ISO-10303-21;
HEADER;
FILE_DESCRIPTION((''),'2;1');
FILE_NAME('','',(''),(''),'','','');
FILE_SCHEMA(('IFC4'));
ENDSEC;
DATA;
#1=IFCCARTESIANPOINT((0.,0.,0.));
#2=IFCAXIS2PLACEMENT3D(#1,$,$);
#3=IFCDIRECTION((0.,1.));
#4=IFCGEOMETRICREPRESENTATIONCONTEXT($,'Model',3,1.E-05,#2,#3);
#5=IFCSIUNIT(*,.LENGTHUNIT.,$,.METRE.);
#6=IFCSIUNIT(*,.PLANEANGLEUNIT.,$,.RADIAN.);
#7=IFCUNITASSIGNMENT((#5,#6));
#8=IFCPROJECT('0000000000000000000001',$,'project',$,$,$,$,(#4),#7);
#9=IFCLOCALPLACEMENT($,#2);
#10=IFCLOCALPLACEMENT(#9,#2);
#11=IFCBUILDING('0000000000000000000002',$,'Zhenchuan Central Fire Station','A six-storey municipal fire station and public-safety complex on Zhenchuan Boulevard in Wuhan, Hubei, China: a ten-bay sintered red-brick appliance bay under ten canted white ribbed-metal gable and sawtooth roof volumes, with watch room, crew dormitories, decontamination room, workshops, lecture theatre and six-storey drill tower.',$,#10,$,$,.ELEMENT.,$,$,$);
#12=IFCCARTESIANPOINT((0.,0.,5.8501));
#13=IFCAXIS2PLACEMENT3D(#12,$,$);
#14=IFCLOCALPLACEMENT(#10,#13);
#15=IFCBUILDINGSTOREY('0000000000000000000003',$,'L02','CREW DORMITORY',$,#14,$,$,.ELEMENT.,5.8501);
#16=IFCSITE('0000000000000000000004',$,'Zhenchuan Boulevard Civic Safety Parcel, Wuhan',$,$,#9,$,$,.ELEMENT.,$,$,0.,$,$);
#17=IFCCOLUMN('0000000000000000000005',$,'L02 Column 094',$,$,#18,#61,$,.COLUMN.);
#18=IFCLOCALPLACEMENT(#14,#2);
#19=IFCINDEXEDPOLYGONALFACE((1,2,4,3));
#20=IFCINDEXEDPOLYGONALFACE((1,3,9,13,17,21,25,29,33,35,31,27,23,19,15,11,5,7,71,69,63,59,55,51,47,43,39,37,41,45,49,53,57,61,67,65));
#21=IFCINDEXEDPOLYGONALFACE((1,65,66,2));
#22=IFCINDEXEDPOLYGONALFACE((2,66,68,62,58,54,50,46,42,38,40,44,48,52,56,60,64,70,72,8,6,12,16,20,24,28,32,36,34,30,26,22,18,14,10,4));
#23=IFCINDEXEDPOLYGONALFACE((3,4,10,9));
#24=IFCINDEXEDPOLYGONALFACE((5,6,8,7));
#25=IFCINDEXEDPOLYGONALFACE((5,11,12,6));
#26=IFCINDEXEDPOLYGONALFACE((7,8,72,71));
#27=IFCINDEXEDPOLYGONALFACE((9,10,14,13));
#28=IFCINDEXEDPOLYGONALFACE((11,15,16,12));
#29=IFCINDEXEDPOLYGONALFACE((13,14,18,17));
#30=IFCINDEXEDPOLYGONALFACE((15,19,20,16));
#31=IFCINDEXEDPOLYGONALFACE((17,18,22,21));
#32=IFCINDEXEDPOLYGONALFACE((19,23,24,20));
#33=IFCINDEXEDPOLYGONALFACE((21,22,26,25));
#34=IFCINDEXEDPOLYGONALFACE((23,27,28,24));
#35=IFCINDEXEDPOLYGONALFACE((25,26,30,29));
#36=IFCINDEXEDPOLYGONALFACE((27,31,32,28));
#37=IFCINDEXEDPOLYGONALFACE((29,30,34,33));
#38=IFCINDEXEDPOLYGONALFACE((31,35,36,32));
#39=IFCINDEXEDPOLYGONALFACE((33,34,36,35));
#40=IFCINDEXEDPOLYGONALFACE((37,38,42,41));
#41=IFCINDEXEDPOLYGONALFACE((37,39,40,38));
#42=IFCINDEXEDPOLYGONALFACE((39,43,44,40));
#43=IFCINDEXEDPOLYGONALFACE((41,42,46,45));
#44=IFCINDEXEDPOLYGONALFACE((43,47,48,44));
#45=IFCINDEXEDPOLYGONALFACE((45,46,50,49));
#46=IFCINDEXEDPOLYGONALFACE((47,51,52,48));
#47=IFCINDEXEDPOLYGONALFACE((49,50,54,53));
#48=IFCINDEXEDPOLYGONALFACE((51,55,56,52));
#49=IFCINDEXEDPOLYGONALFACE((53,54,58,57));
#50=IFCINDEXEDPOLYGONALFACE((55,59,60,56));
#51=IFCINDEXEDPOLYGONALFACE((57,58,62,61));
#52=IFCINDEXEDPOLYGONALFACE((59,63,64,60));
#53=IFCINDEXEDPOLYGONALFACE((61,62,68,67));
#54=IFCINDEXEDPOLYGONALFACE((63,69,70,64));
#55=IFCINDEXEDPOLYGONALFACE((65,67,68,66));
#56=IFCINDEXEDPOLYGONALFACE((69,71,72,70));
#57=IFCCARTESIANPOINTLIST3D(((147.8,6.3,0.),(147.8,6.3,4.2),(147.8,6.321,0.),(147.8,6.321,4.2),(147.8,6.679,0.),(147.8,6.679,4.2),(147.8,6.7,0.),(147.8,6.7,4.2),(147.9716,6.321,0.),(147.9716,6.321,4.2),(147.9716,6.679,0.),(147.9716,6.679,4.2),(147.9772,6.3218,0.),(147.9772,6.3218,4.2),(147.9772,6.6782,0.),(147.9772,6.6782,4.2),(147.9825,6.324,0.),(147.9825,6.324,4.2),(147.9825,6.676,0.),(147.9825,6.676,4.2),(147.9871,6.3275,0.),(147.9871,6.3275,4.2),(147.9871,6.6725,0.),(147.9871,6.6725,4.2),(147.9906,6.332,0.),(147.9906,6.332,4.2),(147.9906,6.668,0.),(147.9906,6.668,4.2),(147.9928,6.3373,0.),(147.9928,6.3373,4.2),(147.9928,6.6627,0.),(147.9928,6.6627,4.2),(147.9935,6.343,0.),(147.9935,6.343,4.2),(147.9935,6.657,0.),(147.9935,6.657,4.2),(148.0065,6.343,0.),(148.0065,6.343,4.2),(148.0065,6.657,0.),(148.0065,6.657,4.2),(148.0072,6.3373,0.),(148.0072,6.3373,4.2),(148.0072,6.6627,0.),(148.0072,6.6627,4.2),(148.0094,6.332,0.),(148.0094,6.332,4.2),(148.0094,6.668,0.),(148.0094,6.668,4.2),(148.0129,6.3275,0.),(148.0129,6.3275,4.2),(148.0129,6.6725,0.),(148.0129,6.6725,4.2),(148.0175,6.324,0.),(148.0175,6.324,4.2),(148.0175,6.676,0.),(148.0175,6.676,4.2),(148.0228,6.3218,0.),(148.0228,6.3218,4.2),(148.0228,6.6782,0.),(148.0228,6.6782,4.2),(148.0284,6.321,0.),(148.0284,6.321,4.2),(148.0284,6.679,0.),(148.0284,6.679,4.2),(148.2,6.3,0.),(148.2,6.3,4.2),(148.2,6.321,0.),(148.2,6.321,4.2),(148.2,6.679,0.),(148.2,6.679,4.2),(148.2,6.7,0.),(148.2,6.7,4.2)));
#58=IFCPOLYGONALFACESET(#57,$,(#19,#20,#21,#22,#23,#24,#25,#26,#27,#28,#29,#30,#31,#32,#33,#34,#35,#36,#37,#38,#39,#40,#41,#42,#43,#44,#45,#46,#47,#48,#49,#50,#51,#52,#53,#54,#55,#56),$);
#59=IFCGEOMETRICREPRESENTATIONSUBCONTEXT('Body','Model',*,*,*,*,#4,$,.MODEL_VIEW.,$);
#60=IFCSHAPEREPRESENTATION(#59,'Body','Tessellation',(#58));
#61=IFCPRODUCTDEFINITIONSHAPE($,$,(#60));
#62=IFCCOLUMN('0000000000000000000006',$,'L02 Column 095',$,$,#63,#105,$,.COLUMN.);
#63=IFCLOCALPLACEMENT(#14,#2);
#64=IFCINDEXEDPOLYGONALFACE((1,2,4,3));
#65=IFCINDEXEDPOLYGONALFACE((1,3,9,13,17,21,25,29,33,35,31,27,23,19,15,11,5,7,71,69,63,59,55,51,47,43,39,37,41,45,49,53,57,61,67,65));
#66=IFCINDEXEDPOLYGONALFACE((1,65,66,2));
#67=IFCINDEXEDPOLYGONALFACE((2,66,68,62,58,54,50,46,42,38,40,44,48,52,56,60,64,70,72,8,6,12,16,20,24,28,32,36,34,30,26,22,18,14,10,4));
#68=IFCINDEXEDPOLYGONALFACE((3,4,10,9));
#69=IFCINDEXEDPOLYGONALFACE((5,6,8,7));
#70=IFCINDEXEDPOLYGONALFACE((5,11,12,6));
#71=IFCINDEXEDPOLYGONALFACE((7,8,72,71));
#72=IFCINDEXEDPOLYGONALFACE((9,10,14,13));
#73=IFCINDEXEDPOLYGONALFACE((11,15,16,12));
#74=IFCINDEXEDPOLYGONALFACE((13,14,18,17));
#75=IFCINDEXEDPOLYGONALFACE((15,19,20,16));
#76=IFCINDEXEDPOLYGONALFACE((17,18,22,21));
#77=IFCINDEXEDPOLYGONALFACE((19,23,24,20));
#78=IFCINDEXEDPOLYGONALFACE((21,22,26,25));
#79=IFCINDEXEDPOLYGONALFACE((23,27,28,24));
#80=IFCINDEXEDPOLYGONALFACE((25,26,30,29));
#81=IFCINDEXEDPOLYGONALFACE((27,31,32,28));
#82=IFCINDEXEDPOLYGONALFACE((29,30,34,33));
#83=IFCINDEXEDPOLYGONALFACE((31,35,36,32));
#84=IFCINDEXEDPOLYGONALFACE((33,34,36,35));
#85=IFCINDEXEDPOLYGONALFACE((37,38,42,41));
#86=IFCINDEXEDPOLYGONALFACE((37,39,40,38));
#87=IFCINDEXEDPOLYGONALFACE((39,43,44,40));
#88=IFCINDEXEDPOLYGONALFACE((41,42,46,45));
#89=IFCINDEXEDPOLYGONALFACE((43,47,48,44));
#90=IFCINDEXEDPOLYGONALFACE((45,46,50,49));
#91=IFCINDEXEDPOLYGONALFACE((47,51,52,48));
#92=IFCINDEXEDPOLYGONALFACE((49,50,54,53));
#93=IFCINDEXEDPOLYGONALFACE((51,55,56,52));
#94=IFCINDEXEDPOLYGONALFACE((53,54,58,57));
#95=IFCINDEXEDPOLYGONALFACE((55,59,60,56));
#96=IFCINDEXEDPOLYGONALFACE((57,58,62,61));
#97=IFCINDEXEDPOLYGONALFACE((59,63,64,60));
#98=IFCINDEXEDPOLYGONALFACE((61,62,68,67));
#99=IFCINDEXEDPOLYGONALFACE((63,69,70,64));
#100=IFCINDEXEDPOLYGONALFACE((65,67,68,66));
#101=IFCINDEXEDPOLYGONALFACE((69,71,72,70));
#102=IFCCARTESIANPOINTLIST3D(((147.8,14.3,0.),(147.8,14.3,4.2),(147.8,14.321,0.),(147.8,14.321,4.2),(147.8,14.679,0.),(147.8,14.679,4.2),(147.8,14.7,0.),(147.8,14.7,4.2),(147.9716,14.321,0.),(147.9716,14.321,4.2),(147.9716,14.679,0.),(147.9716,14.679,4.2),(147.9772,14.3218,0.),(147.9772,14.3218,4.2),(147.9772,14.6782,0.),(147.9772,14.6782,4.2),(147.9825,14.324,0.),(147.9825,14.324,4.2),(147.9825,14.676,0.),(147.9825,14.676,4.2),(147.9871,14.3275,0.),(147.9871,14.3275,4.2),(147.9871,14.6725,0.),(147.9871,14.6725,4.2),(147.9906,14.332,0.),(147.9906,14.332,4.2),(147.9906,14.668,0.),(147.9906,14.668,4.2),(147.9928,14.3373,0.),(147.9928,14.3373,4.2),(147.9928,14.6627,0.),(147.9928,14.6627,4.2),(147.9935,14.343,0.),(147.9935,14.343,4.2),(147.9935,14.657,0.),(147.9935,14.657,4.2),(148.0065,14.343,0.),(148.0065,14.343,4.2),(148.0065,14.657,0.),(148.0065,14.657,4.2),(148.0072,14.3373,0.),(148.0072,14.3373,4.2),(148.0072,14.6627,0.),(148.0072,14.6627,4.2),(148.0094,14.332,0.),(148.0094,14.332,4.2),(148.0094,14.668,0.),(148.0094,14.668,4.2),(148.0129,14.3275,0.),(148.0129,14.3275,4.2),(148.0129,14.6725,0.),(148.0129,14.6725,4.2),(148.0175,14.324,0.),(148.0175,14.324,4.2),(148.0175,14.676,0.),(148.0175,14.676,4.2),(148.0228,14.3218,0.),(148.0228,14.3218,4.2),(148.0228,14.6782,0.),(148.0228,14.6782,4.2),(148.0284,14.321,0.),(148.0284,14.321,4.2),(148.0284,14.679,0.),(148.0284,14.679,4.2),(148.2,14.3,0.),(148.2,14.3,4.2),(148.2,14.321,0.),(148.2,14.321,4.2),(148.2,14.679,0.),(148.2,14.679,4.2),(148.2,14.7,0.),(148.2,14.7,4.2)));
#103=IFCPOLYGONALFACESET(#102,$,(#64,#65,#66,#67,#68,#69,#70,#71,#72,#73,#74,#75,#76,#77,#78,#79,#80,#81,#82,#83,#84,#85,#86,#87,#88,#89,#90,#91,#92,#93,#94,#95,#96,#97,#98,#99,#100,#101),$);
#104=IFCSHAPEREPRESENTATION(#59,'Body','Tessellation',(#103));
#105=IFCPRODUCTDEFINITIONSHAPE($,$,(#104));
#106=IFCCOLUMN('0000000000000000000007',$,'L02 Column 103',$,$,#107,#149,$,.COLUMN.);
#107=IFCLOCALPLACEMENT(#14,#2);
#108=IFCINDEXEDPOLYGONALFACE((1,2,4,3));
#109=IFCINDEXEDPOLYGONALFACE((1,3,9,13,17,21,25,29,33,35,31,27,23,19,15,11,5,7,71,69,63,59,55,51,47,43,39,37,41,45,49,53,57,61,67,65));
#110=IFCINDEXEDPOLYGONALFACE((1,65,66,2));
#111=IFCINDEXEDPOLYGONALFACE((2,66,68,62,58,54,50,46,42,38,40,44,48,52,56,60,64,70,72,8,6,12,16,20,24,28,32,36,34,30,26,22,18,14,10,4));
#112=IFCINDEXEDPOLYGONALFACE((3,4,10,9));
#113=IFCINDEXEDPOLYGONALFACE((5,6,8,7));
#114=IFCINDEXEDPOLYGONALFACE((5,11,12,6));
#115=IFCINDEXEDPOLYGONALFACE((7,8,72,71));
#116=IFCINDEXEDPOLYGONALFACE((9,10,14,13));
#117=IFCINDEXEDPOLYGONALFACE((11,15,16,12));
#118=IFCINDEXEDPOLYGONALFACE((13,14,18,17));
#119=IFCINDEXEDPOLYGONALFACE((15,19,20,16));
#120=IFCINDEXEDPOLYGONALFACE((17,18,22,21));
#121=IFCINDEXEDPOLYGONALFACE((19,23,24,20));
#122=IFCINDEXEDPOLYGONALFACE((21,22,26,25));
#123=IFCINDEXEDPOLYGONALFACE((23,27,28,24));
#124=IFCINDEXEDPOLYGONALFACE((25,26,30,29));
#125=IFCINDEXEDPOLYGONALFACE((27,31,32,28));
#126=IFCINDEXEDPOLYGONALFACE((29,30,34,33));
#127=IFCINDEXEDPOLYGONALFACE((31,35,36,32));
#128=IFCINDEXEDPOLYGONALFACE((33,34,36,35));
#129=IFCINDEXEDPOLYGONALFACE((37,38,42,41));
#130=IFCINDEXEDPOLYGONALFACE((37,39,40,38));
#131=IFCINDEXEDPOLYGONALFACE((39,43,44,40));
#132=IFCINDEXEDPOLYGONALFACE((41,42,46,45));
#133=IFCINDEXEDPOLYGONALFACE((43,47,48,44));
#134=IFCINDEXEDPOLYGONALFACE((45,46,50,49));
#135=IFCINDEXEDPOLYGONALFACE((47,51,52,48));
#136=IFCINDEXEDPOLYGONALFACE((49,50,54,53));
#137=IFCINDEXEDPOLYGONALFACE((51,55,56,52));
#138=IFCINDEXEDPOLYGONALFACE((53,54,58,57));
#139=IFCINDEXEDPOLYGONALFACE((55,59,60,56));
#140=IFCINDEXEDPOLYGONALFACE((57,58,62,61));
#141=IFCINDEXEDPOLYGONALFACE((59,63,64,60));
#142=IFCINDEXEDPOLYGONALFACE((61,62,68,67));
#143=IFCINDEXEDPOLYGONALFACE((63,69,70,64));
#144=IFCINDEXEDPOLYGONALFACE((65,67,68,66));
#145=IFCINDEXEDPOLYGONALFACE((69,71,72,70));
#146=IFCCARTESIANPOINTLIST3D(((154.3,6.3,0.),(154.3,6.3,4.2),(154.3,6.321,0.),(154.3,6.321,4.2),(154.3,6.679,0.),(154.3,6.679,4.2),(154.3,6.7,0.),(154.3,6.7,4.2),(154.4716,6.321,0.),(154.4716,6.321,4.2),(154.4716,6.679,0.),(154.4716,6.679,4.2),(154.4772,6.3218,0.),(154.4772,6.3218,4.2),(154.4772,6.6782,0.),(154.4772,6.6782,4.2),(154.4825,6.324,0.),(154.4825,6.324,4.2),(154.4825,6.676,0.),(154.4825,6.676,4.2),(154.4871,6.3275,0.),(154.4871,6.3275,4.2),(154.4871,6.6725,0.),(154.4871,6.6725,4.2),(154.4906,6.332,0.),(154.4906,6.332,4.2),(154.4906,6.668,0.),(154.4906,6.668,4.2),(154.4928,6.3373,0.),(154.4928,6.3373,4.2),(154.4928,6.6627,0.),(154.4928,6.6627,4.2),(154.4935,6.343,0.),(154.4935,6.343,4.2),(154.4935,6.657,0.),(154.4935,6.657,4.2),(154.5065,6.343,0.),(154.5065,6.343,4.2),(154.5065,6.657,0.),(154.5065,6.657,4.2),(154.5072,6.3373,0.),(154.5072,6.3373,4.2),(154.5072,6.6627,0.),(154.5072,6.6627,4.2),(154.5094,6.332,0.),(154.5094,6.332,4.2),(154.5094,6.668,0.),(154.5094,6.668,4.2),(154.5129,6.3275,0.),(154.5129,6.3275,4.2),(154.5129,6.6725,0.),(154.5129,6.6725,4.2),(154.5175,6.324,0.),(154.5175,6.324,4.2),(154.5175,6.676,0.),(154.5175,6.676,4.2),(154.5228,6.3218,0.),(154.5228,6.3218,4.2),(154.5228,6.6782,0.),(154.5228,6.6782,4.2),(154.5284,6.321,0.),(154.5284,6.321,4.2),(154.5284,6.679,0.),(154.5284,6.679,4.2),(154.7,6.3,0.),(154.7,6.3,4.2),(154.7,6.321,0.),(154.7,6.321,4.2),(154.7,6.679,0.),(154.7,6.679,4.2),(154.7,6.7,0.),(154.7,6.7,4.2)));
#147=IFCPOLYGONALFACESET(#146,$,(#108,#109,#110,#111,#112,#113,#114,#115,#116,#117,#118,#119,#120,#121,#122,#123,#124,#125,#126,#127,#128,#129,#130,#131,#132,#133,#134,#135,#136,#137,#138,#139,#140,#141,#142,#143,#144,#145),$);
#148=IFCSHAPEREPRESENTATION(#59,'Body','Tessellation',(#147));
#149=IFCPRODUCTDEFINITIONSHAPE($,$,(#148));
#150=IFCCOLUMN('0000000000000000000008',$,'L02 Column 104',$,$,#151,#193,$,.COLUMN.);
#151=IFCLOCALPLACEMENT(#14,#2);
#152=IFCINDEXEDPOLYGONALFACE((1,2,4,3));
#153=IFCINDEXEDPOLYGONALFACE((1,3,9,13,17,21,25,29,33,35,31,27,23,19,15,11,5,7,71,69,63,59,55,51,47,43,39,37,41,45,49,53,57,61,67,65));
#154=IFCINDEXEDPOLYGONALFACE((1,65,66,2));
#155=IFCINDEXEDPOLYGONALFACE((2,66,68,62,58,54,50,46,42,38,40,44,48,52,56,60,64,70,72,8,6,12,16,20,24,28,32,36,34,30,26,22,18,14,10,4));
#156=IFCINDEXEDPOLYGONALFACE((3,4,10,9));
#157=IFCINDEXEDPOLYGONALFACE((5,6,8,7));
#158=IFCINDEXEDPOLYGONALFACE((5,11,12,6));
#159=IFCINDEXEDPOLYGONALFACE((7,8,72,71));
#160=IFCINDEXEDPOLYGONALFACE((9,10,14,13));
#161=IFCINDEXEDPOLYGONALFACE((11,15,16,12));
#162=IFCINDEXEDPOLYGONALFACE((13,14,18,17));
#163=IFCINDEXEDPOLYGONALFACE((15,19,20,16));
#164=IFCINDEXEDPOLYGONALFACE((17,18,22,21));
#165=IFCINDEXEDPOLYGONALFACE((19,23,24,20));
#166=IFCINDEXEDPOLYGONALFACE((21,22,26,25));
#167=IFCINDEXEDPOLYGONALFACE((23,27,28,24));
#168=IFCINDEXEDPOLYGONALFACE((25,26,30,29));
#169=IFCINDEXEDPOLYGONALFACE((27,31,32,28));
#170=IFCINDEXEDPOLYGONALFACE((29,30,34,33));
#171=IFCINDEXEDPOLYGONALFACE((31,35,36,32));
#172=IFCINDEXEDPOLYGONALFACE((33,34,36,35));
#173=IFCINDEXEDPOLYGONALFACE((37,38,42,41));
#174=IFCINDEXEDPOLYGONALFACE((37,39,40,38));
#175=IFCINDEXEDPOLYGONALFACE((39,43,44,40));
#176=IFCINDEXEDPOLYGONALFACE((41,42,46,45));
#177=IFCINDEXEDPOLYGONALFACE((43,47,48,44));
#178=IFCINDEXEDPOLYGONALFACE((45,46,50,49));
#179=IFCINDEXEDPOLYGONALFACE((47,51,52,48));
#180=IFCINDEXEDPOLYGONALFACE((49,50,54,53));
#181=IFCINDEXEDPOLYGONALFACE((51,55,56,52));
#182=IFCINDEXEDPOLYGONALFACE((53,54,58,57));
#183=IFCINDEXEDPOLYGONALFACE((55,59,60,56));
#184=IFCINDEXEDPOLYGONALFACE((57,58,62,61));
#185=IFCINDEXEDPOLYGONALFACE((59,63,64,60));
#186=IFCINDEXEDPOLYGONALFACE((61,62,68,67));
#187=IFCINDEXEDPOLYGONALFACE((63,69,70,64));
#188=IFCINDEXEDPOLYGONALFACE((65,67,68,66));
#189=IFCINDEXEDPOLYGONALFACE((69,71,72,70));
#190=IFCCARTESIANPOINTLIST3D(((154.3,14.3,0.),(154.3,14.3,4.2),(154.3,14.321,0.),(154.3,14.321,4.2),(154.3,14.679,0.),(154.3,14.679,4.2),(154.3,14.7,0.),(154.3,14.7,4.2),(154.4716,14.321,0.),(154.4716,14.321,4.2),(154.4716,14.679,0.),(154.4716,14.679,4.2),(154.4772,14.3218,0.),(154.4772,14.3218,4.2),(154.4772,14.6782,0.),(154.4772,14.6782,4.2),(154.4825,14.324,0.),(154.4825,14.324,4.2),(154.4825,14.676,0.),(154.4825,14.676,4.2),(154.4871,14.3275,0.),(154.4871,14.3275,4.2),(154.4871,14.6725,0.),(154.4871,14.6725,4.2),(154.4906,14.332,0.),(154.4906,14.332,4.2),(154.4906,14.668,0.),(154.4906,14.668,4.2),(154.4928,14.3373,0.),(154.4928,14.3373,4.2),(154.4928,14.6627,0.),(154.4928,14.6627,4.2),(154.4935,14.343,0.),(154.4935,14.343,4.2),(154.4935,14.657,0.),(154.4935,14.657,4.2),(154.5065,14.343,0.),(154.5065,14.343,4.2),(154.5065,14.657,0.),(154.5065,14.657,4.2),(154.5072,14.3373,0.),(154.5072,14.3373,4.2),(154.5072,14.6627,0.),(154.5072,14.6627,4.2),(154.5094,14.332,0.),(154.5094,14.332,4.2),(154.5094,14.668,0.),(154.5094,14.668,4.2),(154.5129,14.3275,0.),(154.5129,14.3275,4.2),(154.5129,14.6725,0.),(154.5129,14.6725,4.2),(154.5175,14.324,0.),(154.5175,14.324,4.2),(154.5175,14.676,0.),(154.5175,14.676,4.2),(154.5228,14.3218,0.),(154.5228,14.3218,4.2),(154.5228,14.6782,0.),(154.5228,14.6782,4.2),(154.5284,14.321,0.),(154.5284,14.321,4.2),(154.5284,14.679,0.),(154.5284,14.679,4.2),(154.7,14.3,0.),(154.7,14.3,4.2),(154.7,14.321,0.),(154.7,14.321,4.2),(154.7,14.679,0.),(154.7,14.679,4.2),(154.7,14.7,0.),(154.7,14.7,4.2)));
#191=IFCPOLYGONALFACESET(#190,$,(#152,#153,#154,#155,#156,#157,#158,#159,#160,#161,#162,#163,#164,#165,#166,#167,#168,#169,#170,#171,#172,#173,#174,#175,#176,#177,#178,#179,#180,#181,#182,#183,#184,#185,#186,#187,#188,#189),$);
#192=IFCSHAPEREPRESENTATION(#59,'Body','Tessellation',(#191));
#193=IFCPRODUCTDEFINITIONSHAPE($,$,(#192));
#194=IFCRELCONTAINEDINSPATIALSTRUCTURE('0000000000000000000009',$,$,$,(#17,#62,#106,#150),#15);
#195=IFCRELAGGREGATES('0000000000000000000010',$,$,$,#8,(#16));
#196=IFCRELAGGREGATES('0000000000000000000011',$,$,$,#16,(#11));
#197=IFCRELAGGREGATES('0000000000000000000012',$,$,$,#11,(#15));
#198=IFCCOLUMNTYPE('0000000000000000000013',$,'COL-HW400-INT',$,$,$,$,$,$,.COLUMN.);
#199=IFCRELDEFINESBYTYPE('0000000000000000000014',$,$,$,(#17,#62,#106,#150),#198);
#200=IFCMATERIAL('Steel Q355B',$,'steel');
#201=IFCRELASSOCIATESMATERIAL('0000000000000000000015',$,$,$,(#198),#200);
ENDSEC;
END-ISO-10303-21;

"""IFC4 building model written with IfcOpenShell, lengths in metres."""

from ifc_helpers import new_model, si_unit, direction, frame, origin, origin_2d, place, context, subcontext, project, spatial, i_section, extrude, material, material_profile, profile_set, type_object, element, save


model = new_model("IFC4")

# Units and contexts
model_context = context("Model", 3, precision=1e-05, world=origin(), true_north=direction((0.0, 1.0)))
body_context = subcontext(model_context, "Body", "Model", "MODEL_VIEW")
ifc_project = project(units=[si_unit("LENGTHUNIT", "METRE"), si_unit("PLANEANGLEUNIT", "RADIAN")], contexts=[model_context])

# Site, building, storey
site_placement = place(None, origin())
site = spatial("IfcSite", under=ifc_project, at=site_placement, Name="Zhenchuan Boulevard Civic Safety Parcel, Wuhan", CompositionType="ELEMENT", RefElevation=0.0)
building_placement = place(site_placement, origin())
building = spatial("IfcBuilding", under=site, at=building_placement, Name="Zhenchuan Central Fire Station", Description="A six-storey municipal fire station and public-safety complex on Zhenchuan Boulevard in Wuhan, Hubei, China: a ten-bay sintered red-brick appliance bay under ten canted white ribbed-metal gable and sawtooth roof volumes, with watch room, crew dormitories, decontamination room, workshops, lecture theatre and six-storey drill tower.", CompositionType="ELEMENT")
storey_placement = place(building_placement, frame((0.0, 0.0, 5.8501)))
storey = spatial("IfcBuildingStorey", under=building, at=storey_placement, Name="L02", Description="CREW DORMITORY", CompositionType="ELEMENT", Elevation=5.8501)

# Columns
ifc_material_1 = material(Name="Steel Q355B", Category="steel")
ifc_material_profile_1 = material_profile(ifc_material_1, i_section(OverallWidth=0.3999, OverallDepth=0.3999, WebThickness=0.0129, FlangeThickness=0.021, FilletRadius=0.022, at=origin_2d()), Name="HW 400x400")
ifc_profile_set_1 = profile_set([ifc_material_profile_1], Name="Steel Q355B")
column_type = type_object("IfcColumnType", Name="COL-HW400-INT", PredefinedType="COLUMN", material=ifc_profile_set_1)
for number, where, z_axis, x_axis, name in (
    (1, (148.0, 6.5, 0.0), (0.0, 0.0, 1.0), (1.0, 0.0, 0.0), "L02 Column 094"),
    (2, (148.0, 14.5, 0.0), (0.0, 0.0, 1.0), (1.0, 0.0, 0.0), "L02 Column 095"),
    (3, (154.5, 6.5, 0.0), (0.0, 0.0, 1.0), (1.0, 0.0, 0.0), "L02 Column 103"),
    (4, (154.5, 14.5, 0.0), (0.0, 0.0, 1.0), (1.0, 0.0, 0.0), "L02 Column 104"),
):
    element("IfcColumn", number, at=place(storey_placement, frame(where, z_axis=z_axis, x_axis=x_axis)), inside=storey, type_object=column_type, Name=name, PredefinedType="COLUMN", context=body_context, shape_type="SweptSolid", body=[
        extrude(i_section(OverallWidth=0.3999, OverallDepth=0.3999, WebThickness=0.0129, FlangeThickness=0.021, FilletRadius=0.022, at=origin_2d()), origin(), (0.0, 0.0, 1.0), 4.2),
    ])

save(model, "model.ifc")
